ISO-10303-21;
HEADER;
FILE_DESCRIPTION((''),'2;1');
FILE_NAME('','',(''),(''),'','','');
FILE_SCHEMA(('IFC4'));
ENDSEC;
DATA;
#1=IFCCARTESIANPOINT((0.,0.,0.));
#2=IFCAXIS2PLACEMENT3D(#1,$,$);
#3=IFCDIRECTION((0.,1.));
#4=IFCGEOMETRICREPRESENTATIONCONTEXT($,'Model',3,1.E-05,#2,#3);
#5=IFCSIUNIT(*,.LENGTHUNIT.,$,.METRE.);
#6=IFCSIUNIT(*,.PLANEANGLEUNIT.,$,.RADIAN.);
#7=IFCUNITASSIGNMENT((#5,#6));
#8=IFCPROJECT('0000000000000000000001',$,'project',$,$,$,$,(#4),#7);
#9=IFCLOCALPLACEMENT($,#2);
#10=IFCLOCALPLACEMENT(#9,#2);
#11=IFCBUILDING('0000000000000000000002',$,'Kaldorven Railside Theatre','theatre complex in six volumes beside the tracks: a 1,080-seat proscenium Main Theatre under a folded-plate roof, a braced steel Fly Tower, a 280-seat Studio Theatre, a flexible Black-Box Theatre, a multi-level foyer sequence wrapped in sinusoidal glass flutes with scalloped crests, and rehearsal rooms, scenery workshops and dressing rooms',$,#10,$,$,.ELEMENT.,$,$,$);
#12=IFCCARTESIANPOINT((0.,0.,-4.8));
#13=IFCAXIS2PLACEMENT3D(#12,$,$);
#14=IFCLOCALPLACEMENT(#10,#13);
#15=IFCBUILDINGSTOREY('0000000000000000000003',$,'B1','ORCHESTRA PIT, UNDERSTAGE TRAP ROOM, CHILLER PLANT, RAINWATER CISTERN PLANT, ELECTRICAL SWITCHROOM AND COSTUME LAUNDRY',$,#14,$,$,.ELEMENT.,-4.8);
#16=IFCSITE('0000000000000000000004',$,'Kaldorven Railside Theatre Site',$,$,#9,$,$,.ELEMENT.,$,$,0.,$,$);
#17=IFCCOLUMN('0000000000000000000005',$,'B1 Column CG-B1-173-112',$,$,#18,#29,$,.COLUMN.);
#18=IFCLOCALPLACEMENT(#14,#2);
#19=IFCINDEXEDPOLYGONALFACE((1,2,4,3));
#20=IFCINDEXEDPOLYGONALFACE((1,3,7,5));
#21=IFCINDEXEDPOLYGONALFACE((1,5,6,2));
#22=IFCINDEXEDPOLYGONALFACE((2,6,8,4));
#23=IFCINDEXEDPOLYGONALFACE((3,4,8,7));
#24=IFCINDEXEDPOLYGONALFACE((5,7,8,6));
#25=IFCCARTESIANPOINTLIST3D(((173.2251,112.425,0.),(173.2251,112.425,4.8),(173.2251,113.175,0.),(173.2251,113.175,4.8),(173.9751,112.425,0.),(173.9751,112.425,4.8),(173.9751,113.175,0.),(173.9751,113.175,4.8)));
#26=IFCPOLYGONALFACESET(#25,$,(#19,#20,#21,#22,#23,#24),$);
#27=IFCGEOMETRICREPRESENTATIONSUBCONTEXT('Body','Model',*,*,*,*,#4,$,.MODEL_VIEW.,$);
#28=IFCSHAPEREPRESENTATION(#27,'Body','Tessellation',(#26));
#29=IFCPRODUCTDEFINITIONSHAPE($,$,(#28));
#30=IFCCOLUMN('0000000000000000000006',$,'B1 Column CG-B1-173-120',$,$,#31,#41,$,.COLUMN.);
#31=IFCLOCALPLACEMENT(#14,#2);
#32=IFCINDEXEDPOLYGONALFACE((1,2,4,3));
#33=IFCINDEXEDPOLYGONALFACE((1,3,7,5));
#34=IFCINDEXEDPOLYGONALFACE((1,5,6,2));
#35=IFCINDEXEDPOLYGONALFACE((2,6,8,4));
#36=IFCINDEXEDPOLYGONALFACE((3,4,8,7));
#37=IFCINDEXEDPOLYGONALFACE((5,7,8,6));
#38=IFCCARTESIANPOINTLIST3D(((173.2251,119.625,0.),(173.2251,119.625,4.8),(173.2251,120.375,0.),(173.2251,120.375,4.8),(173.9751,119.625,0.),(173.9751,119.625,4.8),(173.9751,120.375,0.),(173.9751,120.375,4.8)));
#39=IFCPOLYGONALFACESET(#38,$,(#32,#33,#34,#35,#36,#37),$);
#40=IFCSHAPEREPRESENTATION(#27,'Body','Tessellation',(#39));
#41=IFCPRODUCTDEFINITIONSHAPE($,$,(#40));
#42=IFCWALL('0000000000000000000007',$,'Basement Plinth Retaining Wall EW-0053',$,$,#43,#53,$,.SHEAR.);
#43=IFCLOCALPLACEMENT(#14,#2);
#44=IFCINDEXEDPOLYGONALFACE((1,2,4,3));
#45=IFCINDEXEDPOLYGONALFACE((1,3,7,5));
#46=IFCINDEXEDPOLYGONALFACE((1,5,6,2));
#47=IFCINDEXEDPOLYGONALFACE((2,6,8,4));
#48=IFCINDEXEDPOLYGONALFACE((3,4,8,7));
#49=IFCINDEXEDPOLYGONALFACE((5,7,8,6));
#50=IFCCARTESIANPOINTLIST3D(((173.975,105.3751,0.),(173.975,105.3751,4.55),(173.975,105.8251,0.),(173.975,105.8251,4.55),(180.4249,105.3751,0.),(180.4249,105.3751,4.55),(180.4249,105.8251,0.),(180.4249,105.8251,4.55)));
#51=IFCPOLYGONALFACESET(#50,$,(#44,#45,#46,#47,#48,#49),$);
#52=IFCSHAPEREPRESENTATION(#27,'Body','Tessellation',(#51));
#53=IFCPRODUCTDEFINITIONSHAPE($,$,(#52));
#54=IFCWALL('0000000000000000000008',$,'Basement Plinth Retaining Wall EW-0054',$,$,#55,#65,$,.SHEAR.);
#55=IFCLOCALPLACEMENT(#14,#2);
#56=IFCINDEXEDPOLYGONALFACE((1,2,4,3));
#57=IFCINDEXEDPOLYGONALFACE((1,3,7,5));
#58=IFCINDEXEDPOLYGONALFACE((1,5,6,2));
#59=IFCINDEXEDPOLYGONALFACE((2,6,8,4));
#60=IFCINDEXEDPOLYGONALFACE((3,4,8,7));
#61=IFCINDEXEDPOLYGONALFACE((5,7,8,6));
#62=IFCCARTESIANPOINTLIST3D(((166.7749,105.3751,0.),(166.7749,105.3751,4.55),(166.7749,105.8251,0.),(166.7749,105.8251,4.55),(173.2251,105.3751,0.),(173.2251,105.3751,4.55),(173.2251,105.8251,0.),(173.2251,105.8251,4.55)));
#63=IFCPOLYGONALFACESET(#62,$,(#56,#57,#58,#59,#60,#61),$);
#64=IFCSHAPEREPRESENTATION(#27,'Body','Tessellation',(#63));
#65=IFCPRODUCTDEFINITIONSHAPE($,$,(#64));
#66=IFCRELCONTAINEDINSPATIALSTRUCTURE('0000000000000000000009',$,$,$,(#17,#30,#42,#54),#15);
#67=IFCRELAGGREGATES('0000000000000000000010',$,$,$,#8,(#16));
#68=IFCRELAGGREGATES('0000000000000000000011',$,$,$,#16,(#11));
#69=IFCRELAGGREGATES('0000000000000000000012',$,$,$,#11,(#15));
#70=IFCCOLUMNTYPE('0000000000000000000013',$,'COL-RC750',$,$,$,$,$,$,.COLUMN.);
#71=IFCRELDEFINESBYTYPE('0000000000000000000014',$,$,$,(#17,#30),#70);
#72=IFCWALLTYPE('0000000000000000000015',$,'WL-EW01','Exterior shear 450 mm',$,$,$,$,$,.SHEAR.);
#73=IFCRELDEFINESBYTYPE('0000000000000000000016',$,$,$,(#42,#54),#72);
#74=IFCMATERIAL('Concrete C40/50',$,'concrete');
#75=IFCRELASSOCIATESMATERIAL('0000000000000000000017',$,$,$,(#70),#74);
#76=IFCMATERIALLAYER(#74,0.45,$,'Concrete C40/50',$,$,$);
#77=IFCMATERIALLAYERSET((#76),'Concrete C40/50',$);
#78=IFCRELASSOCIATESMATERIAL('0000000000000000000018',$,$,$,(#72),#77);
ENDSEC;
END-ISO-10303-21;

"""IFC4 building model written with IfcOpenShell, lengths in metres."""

from ifc_helpers import new_model, si_unit, direction, frame, frame_2d, origin, origin_2d, place, context, subcontext, project, spatial, rectangle, extrude, material, layer, layer_set, material_profile, profile_set, type_object, element, save


model = new_model("IFC4")

# Units and contexts
model_context = context("Model", 3, precision=1e-05, world=origin(), true_north=direction((0.0, 1.0)))
body_context = subcontext(model_context, "Body", "Model", "MODEL_VIEW")
ifc_project = project(units=[si_unit("LENGTHUNIT", "METRE"), si_unit("PLANEANGLEUNIT", "RADIAN")], contexts=[model_context])

# Site, building, storey
site_placement = place(None, origin())
site = spatial("IfcSite", under=ifc_project, at=site_placement, Name="Kaldorven Railside Theatre Site", CompositionType="ELEMENT", RefElevation=0.0)
building_placement = place(site_placement, origin())
building = spatial("IfcBuilding", under=site, at=building_placement, Name="Kaldorven Railside Theatre", Description="theatre complex in six volumes beside the tracks: a 1,080-seat proscenium Main Theatre under a folded-plate roof, a braced steel Fly Tower, a 280-seat Studio Theatre, a flexible Black-Box Theatre, a multi-level foyer sequence wrapped in sinusoidal glass flutes with scalloped crests, and rehearsal rooms, scenery workshops and dressing rooms", CompositionType="ELEMENT")
storey_placement = place(building_placement, frame((0.0, 0.0, -4.8)))
storey = spatial("IfcBuildingStorey", under=building, at=storey_placement, Name="B1", Description="ORCHESTRA PIT, UNDERSTAGE TRAP ROOM, CHILLER PLANT, RAINWATER CISTERN PLANT, ELECTRICAL SWITCHROOM AND COSTUME LAUNDRY", CompositionType="ELEMENT", Elevation=-4.8)

# Shared definitions
ifc_material_1 = material(Name="Concrete C40/50", Category="concrete")

# Columns
ifc_material_profile_1 = material_profile(ifc_material_1, rectangle(XDim=0.75, YDim=0.75, at=origin_2d()), Name="RC 750x750")
ifc_profile_set_1 = profile_set([ifc_material_profile_1], Name="Concrete C40/50")
column_type = type_object("IfcColumnType", Name="COL-RC750", PredefinedType="COLUMN", material=ifc_profile_set_1)
for number, where, z_axis, x_axis, name in (
    (1, (173.6001, 112.8, 0.0), (0.0, 0.0, 1.0), (1.0, 0.0, 0.0), "B1 Column CG-B1-173-112"),
    (2, (173.6001, 120.0, 0.0), (0.0, 0.0, 1.0), (0.0, 1.0, 0.0), "B1 Column CG-B1-173-120"),
):
    element("IfcColumn", number, at=place(storey_placement, frame(where, z_axis=z_axis, x_axis=x_axis)), inside=storey, type_object=column_type, Name=name, PredefinedType="COLUMN", context=body_context, shape_type="SweptSolid", body=[
        extrude(rectangle(XDim=0.75, YDim=0.75, at=origin_2d()), origin(), (0.0, 0.0, 1.0), 4.8),
    ])

# Walls
ifc_layer = layer(ifc_material_1, 0.45, Name="Concrete C40/50")
ifc_layer_set = layer_set([ifc_layer], Name="Concrete C40/50")
wall_type = type_object("IfcWallType", Name="WL-EW01", Description="Exterior shear 450 mm", PredefinedType="SHEAR", material=ifc_layer_set)
wall_1_placement = place(storey_placement, frame((180.425, 105.6001, 0.0), z_axis=(0.0, 0.0, 1.0), x_axis=(-1.0, 0.0, 0.0)))
element("IfcWall", 3, at=wall_1_placement, inside=storey, type_object=wall_type, Name="Basement Plinth Retaining Wall EW-0053", PredefinedType="SHEAR", context=body_context, shape_type="SweptSolid", body=[
    extrude(rectangle(XDim=6.45, YDim=0.45, at=frame_2d((3.2251, 0.0))), origin(), (0.0, 0.0, 1.0), 4.55),
])
wall_2_placement = place(storey_placement, frame((173.2251, 105.6001, 0.0), z_axis=(0.0, 0.0, 1.0), x_axis=(-1.0, 0.0, 0.0)))
element("IfcWall", 4, at=wall_2_placement, inside=storey, type_object=wall_type, Name="Basement Plinth Retaining Wall EW-0054", PredefinedType="SHEAR", context=body_context, shape_type="SweptSolid", body=[
    extrude(rectangle(XDim=6.4502, YDim=0.45, at=frame_2d((3.2251, 0.0))), origin(), (0.0, 0.0, 1.0), 4.55),
])

save(model, "model.ifc")
